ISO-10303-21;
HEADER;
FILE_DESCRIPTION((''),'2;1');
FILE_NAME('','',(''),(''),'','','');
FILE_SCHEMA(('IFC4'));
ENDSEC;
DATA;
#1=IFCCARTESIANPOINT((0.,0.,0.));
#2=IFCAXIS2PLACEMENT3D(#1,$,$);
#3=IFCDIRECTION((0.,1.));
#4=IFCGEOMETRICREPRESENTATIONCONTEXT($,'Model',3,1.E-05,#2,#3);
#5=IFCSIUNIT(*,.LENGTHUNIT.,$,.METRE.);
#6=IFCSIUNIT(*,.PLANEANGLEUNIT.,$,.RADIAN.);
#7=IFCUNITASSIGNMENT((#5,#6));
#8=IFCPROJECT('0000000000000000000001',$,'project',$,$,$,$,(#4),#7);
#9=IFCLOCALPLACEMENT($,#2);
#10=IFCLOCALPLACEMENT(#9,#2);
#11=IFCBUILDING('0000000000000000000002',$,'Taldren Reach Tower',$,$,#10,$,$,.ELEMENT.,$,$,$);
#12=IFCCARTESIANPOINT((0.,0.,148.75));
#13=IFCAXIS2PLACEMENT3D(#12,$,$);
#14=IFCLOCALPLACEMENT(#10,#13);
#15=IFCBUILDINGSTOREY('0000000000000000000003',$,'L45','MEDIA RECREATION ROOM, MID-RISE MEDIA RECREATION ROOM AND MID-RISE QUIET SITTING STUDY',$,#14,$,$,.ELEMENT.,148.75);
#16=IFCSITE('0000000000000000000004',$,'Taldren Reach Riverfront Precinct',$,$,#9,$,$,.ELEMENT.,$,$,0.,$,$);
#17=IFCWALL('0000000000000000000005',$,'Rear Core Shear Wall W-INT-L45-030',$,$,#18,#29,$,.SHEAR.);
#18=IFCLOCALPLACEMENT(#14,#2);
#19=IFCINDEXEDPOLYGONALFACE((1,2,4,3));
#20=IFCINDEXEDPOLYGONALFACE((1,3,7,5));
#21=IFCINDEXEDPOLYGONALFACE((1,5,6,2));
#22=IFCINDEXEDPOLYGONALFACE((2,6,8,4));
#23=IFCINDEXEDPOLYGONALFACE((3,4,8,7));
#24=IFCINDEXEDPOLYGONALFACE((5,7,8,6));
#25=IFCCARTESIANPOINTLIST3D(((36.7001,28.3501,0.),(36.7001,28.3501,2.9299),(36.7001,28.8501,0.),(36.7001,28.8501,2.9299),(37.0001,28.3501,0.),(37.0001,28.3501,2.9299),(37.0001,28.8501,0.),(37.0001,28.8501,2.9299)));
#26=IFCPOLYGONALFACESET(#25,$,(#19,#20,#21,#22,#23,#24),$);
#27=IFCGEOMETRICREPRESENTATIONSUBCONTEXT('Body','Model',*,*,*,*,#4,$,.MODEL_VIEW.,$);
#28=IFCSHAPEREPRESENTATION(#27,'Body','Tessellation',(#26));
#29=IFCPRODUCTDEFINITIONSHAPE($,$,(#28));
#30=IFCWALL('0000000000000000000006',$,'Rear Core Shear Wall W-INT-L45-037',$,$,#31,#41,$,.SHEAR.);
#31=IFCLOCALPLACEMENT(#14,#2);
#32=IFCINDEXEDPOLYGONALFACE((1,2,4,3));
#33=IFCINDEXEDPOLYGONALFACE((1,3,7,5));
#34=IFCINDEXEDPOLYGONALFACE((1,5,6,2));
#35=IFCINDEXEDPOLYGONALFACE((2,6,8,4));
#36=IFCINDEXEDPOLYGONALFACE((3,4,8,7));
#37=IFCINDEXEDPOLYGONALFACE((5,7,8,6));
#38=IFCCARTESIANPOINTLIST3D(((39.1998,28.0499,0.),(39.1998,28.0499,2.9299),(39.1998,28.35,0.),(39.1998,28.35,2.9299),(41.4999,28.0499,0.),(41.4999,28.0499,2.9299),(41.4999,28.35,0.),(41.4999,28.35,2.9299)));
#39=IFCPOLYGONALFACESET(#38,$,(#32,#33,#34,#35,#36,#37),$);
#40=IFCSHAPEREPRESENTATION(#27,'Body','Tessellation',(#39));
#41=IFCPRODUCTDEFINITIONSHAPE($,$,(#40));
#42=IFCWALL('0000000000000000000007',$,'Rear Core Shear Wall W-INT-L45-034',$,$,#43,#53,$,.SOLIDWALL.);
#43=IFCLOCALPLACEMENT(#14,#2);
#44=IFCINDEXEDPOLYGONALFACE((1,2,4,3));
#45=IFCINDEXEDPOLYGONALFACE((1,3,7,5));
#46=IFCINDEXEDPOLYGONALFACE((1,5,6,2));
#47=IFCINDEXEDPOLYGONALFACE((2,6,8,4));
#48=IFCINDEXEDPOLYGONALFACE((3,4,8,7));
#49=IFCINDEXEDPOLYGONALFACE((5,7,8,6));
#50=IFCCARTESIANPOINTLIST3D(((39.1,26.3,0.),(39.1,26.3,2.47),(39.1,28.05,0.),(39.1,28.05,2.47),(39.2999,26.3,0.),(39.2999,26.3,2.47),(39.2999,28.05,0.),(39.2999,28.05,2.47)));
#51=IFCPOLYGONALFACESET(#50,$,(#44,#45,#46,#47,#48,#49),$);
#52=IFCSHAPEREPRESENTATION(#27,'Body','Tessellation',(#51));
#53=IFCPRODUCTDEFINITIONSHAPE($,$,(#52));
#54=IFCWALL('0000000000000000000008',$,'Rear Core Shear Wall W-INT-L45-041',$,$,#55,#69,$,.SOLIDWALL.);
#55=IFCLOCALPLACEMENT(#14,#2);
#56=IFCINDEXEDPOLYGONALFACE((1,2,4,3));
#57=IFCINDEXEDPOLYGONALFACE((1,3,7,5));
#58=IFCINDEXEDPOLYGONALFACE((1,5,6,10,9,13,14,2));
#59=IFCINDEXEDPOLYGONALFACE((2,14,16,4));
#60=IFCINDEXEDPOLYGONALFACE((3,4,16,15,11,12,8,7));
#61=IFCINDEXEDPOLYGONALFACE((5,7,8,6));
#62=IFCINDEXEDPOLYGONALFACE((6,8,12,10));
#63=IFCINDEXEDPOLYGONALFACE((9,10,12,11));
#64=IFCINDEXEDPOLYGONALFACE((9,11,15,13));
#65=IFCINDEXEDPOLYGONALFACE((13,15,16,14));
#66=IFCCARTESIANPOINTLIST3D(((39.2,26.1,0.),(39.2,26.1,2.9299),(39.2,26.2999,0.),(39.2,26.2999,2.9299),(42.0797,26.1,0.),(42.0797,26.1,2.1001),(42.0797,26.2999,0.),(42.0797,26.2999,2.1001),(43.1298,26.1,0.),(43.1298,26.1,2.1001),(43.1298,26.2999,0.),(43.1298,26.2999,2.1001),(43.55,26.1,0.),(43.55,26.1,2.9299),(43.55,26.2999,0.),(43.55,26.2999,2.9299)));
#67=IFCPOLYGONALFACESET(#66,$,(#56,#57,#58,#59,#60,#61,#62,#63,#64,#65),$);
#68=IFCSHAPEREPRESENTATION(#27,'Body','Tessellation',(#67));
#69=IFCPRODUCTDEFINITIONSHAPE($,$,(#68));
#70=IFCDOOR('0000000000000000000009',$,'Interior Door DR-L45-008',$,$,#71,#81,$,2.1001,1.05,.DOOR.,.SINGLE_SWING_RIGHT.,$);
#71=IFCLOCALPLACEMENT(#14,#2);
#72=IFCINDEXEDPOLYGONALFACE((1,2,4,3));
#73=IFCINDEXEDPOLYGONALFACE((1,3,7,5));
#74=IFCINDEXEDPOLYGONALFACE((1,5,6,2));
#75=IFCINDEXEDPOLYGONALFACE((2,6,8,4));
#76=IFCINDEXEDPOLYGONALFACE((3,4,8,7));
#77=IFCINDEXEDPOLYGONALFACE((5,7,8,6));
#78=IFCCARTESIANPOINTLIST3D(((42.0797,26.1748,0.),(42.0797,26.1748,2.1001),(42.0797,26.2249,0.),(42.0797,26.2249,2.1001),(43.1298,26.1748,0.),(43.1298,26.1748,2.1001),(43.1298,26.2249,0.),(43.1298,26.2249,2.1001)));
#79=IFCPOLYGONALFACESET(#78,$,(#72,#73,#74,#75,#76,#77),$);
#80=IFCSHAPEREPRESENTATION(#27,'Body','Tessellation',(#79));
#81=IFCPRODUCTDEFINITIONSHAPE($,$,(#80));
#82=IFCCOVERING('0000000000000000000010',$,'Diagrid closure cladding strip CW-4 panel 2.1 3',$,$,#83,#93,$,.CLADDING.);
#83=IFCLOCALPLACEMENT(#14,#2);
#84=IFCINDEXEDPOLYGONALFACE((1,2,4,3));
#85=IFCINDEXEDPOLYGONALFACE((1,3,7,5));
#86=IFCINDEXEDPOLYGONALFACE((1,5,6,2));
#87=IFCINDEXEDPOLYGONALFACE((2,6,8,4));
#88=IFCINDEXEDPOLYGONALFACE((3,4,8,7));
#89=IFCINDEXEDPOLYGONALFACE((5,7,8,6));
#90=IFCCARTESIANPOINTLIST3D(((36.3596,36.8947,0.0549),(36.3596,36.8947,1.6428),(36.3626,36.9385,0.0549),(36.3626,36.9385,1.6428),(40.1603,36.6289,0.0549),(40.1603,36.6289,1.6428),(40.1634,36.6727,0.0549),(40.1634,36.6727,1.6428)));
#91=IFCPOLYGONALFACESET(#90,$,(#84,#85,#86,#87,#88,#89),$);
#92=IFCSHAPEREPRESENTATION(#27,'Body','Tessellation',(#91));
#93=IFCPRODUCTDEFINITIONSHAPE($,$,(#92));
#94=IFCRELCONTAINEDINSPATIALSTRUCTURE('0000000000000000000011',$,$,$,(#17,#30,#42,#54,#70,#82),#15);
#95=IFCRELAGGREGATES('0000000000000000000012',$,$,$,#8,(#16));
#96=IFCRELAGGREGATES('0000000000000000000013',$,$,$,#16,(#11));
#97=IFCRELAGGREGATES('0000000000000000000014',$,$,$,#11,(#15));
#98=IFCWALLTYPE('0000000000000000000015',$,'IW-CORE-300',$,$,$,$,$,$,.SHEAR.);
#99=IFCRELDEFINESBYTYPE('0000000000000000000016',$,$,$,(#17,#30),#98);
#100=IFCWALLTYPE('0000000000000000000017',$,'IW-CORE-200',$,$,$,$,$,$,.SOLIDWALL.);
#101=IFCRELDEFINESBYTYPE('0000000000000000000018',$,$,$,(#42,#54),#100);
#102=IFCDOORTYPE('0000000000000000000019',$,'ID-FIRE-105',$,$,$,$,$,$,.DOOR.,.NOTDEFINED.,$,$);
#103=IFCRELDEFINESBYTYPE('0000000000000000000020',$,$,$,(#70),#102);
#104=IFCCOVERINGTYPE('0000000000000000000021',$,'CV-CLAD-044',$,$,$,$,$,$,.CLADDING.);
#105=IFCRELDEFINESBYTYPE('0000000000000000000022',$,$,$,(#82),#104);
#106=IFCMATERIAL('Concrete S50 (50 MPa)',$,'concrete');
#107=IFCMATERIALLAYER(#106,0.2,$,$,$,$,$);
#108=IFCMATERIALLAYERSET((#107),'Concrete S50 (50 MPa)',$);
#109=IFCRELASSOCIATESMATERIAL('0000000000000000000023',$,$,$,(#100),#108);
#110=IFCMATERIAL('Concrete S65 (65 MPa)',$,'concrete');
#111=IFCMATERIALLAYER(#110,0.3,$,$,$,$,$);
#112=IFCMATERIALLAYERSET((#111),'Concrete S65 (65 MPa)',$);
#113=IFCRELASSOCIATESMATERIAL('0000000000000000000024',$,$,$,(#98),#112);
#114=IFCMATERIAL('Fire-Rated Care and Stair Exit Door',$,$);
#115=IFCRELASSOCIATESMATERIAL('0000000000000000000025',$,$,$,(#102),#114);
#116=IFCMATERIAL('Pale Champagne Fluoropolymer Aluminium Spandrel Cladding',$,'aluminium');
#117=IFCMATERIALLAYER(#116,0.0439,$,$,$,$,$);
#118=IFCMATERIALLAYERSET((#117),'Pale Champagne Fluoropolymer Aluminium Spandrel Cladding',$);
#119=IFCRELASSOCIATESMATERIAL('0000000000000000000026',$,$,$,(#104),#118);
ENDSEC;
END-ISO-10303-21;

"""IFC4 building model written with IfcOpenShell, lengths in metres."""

from ifc_helpers import new_model, si_unit, direction, frame, frame_2d, origin, origin_2d, place, context, subcontext, project, spatial, rectangle, extrude, source, transform, mapped, material, layer, layer_set, type_object, element, fill, save


model = new_model("IFC4")

# Units and contexts
model_context = context("Model", 3, precision=1e-05, world=origin(), true_north=direction((0.0, 1.0)))
body_context = subcontext(model_context, "Body", "Model", "MODEL_VIEW")
ifc_project = project(units=[si_unit("LENGTHUNIT", "METRE"), si_unit("PLANEANGLEUNIT", "RADIAN")], contexts=[model_context])

# Site, building, storey
site_placement = place(None, origin())
site = spatial("IfcSite", under=ifc_project, at=site_placement, Name="Taldren Reach Riverfront Precinct", CompositionType="ELEMENT", RefElevation=0.0)
building_placement = place(site_placement, origin())
building = spatial("IfcBuilding", under=site, at=building_placement, Name="Taldren Reach Tower", CompositionType="ELEMENT")
storey_placement = place(building_placement, frame((0.0, 0.0, 148.75)))
storey = spatial("IfcBuildingStorey", under=building, at=storey_placement, Name="L45", Description="MEDIA RECREATION ROOM, MID-RISE MEDIA RECREATION ROOM AND MID-RISE QUIET SITTING STUDY", CompositionType="ELEMENT", Elevation=148.75)

# Wall
ifc_material_1 = material(Name="Concrete S50 (50 MPa)", Category="concrete")
ifc_layer_1 = layer(ifc_material_1, 0.2)
ifc_layer_set_1 = layer_set([ifc_layer_1], Name="Concrete S50 (50 MPa)")
wall_type_1 = type_object("IfcWallType", Name="IW-CORE-200", PredefinedType="SOLIDWALL", material=ifc_layer_set_1)
ifc_material_2 = material(Name="Concrete S65 (65 MPa)", Category="concrete")
ifc_layer_2 = layer(ifc_material_2, 0.3)
ifc_layer_set_2 = layer_set([ifc_layer_2], Name="Concrete S65 (65 MPa)")
wall_type_2 = type_object("IfcWallType", Name="IW-CORE-300", PredefinedType="SHEAR", material=ifc_layer_set_2)
shared_shape_1 = source(origin(), body_context, "Body", "SweptSolid", [
    extrude(rectangle(XDim=0.5, YDim=0.3, at=frame_2d((0.25, 0.0))), origin(), (0.0, 0.0, 1.0), 2.9299),
])
for number, where, z_axis, x_axis, name in (
    (1, (36.8501, 28.8501, 0.0), (0.0, 0.0, 1.0), (0.0, -1.0, 0.0), "Rear Core Shear Wall W-INT-L45-030"),
):
    element("IfcWall", number, at=place(storey_placement, frame(where, z_axis=z_axis, x_axis=x_axis)), inside=storey, type_object=wall_type_2, Name=name, PredefinedType="SHEAR", context=body_context, shape_type="MappedRepresentation", body=[
        mapped(shared_shape_1, transform((0.0, 0.0, 0.0), scale=1.0)),
    ])

# Walls
shared_shape_2 = source(origin(), body_context, "Body", "SweptSolid", [
    extrude(rectangle(XDim=2.3, YDim=0.3, at=frame_2d((1.1499, 0.0))), origin(), (0.0, 0.0, 1.0), 2.9299),
])
wall_1_placement = place(storey_placement, frame((39.2, 28.2, 0.0), z_axis=(0.0, 0.0, 1.0), x_axis=(1.0, 0.0, 0.0)))
element("IfcWall", 2, at=wall_1_placement, inside=storey, type_object=wall_type_2, Name="Rear Core Shear Wall W-INT-L45-037", PredefinedType="SHEAR", context=body_context, shape_type="MappedRepresentation", body=[
    mapped(shared_shape_2, transform((0.0, 0.0, 0.0), scale=1.0)),
])
shared_shape_3 = source(origin(), body_context, "Body", "SweptSolid", [
    extrude(rectangle(XDim=1.75, YDim=0.2, at=frame_2d((0.875, 0.0))), origin(), (0.0, 0.0, 1.0), 2.47),
])
wall_2_placement = place(storey_placement, frame((39.2, 28.05, 0.0), z_axis=(0.0, 0.0, 1.0), x_axis=(0.0, -1.0, 0.0)))
element("IfcWall", 3, at=wall_2_placement, inside=storey, type_object=wall_type_1, Name="Rear Core Shear Wall W-INT-L45-034", PredefinedType="SOLIDWALL", context=body_context, shape_type="MappedRepresentation", body=[
    mapped(shared_shape_3, transform((0.0, 0.0, 0.0), scale=1.0)),
])

# Wall, opening, door
shared_shape_4 = source(origin(), body_context, "Body", "SweptSolid", [
    extrude(rectangle(XDim=4.3501, YDim=0.2, at=frame_2d((2.175, 0.0))), origin(), (0.0, 0.0, 1.0), 2.9299),
])
wall_3_placement = place(storey_placement, frame((39.2, 26.2, 0.0), z_axis=(0.0, 0.0, 1.0), x_axis=(1.0, 0.0, 0.0)))
wall_3 = element("IfcWall", 4, at=wall_3_placement, inside=storey, type_object=wall_type_1, Name="Rear Core Shear Wall W-INT-L45-041", PredefinedType="SOLIDWALL", context=body_context, shape_type="MappedRepresentation", body=[
    mapped(shared_shape_4, transform((0.0, 0.0, 0.0), scale=1.0)),
])
shared_shape_5 = source(origin(), body_context, "Body", "SweptSolid", [
    extrude(rectangle(XDim=1.05, YDim=2.1001, at=frame_2d((0.5249, 1.05))), frame((0.0, 0.1099, 0.0), z_axis=(0.0, -1.0, 0.0), x_axis=(1.0, 0.0, 0.0)), (0.0, 0.0, 1.0), 0.22),
])
opening_1_placement = place(wall_3_placement, frame((2.8799, 0.0, 0.0)))
opening_1 = element("IfcOpeningElement", 5, at=opening_1_placement, cuts=wall_3, PredefinedType="OPENING", context=body_context, shape_type="MappedRepresentation", body=[
    mapped(shared_shape_5, transform((0.0, 0.0, 0.0), scale=1.0)),
])
ifc_material_3 = material(Name="Fire-Rated Care and Stair Exit Door")
door_type_1 = type_object("IfcDoorType", Name="ID-FIRE-105", OperationType="NOTDEFINED", PredefinedType="DOOR", material=ifc_material_3)
shared_shape_6 = source(origin(), body_context, "Body", "SweptSolid", [
    extrude(rectangle(XDim=1.05, YDim=2.1001, at=frame_2d((0.5249, 1.05))), frame((0.0, 0.0249, 0.0), z_axis=(0.0, -1.0, 0.0), x_axis=(1.0, 0.0, 0.0)), (0.0, 0.0, 1.0), 0.05),
])
door_1_placement = place(opening_1_placement, origin())
door_1 = element("IfcDoor", 6, at=door_1_placement, inside=storey, type_object=door_type_1, Name="Interior Door DR-L45-008", OperationType="SINGLE_SWING_RIGHT", OverallHeight=2.1001, OverallWidth=1.05, PredefinedType="DOOR", context=body_context, shape_type="MappedRepresentation", body=[
    mapped(shared_shape_6, transform((0.0, 0.0, 0.0), scale=1.0)),
])
fill(opening_1, door_1)

# Covering
ifc_material_4 = material(Name="Pale Champagne Fluoropolymer Aluminium Spandrel Cladding", Category="aluminium")
ifc_layer_3 = layer(ifc_material_4, 0.0439)
ifc_layer_set_3 = layer_set([ifc_layer_3], Name="Pale Champagne Fluoropolymer Aluminium Spandrel Cladding")
covering_type = type_object("IfcCoveringType", Name="CV-CLAD-044", PredefinedType="CLADDING", material=ifc_layer_set_3)
shared_shape_7 = source(origin(), body_context, "Body", "SweptSolid", [
    extrude(rectangle(XDim=3.8101, YDim=0.0439, at=origin_2d()), origin(), (0.0, 0.0, 1.0), 1.5879),
])
covering_placement = place(storey_placement, frame((38.2615, 36.7837, 0.0549), z_axis=(0.0, 0.0, 1.0), x_axis=(-0.997564, 0.069757, 0.0)))
element("IfcCovering", 7, at=covering_placement, inside=storey, type_object=covering_type, Name="Diagrid closure cladding strip CW-4 panel 2.1 3", PredefinedType="CLADDING", context=body_context, shape_type="MappedRepresentation", body=[
    mapped(shared_shape_7, transform((0.0, 0.0, 0.0), scale=1.0)),
])

save(model, "model.ifc")
